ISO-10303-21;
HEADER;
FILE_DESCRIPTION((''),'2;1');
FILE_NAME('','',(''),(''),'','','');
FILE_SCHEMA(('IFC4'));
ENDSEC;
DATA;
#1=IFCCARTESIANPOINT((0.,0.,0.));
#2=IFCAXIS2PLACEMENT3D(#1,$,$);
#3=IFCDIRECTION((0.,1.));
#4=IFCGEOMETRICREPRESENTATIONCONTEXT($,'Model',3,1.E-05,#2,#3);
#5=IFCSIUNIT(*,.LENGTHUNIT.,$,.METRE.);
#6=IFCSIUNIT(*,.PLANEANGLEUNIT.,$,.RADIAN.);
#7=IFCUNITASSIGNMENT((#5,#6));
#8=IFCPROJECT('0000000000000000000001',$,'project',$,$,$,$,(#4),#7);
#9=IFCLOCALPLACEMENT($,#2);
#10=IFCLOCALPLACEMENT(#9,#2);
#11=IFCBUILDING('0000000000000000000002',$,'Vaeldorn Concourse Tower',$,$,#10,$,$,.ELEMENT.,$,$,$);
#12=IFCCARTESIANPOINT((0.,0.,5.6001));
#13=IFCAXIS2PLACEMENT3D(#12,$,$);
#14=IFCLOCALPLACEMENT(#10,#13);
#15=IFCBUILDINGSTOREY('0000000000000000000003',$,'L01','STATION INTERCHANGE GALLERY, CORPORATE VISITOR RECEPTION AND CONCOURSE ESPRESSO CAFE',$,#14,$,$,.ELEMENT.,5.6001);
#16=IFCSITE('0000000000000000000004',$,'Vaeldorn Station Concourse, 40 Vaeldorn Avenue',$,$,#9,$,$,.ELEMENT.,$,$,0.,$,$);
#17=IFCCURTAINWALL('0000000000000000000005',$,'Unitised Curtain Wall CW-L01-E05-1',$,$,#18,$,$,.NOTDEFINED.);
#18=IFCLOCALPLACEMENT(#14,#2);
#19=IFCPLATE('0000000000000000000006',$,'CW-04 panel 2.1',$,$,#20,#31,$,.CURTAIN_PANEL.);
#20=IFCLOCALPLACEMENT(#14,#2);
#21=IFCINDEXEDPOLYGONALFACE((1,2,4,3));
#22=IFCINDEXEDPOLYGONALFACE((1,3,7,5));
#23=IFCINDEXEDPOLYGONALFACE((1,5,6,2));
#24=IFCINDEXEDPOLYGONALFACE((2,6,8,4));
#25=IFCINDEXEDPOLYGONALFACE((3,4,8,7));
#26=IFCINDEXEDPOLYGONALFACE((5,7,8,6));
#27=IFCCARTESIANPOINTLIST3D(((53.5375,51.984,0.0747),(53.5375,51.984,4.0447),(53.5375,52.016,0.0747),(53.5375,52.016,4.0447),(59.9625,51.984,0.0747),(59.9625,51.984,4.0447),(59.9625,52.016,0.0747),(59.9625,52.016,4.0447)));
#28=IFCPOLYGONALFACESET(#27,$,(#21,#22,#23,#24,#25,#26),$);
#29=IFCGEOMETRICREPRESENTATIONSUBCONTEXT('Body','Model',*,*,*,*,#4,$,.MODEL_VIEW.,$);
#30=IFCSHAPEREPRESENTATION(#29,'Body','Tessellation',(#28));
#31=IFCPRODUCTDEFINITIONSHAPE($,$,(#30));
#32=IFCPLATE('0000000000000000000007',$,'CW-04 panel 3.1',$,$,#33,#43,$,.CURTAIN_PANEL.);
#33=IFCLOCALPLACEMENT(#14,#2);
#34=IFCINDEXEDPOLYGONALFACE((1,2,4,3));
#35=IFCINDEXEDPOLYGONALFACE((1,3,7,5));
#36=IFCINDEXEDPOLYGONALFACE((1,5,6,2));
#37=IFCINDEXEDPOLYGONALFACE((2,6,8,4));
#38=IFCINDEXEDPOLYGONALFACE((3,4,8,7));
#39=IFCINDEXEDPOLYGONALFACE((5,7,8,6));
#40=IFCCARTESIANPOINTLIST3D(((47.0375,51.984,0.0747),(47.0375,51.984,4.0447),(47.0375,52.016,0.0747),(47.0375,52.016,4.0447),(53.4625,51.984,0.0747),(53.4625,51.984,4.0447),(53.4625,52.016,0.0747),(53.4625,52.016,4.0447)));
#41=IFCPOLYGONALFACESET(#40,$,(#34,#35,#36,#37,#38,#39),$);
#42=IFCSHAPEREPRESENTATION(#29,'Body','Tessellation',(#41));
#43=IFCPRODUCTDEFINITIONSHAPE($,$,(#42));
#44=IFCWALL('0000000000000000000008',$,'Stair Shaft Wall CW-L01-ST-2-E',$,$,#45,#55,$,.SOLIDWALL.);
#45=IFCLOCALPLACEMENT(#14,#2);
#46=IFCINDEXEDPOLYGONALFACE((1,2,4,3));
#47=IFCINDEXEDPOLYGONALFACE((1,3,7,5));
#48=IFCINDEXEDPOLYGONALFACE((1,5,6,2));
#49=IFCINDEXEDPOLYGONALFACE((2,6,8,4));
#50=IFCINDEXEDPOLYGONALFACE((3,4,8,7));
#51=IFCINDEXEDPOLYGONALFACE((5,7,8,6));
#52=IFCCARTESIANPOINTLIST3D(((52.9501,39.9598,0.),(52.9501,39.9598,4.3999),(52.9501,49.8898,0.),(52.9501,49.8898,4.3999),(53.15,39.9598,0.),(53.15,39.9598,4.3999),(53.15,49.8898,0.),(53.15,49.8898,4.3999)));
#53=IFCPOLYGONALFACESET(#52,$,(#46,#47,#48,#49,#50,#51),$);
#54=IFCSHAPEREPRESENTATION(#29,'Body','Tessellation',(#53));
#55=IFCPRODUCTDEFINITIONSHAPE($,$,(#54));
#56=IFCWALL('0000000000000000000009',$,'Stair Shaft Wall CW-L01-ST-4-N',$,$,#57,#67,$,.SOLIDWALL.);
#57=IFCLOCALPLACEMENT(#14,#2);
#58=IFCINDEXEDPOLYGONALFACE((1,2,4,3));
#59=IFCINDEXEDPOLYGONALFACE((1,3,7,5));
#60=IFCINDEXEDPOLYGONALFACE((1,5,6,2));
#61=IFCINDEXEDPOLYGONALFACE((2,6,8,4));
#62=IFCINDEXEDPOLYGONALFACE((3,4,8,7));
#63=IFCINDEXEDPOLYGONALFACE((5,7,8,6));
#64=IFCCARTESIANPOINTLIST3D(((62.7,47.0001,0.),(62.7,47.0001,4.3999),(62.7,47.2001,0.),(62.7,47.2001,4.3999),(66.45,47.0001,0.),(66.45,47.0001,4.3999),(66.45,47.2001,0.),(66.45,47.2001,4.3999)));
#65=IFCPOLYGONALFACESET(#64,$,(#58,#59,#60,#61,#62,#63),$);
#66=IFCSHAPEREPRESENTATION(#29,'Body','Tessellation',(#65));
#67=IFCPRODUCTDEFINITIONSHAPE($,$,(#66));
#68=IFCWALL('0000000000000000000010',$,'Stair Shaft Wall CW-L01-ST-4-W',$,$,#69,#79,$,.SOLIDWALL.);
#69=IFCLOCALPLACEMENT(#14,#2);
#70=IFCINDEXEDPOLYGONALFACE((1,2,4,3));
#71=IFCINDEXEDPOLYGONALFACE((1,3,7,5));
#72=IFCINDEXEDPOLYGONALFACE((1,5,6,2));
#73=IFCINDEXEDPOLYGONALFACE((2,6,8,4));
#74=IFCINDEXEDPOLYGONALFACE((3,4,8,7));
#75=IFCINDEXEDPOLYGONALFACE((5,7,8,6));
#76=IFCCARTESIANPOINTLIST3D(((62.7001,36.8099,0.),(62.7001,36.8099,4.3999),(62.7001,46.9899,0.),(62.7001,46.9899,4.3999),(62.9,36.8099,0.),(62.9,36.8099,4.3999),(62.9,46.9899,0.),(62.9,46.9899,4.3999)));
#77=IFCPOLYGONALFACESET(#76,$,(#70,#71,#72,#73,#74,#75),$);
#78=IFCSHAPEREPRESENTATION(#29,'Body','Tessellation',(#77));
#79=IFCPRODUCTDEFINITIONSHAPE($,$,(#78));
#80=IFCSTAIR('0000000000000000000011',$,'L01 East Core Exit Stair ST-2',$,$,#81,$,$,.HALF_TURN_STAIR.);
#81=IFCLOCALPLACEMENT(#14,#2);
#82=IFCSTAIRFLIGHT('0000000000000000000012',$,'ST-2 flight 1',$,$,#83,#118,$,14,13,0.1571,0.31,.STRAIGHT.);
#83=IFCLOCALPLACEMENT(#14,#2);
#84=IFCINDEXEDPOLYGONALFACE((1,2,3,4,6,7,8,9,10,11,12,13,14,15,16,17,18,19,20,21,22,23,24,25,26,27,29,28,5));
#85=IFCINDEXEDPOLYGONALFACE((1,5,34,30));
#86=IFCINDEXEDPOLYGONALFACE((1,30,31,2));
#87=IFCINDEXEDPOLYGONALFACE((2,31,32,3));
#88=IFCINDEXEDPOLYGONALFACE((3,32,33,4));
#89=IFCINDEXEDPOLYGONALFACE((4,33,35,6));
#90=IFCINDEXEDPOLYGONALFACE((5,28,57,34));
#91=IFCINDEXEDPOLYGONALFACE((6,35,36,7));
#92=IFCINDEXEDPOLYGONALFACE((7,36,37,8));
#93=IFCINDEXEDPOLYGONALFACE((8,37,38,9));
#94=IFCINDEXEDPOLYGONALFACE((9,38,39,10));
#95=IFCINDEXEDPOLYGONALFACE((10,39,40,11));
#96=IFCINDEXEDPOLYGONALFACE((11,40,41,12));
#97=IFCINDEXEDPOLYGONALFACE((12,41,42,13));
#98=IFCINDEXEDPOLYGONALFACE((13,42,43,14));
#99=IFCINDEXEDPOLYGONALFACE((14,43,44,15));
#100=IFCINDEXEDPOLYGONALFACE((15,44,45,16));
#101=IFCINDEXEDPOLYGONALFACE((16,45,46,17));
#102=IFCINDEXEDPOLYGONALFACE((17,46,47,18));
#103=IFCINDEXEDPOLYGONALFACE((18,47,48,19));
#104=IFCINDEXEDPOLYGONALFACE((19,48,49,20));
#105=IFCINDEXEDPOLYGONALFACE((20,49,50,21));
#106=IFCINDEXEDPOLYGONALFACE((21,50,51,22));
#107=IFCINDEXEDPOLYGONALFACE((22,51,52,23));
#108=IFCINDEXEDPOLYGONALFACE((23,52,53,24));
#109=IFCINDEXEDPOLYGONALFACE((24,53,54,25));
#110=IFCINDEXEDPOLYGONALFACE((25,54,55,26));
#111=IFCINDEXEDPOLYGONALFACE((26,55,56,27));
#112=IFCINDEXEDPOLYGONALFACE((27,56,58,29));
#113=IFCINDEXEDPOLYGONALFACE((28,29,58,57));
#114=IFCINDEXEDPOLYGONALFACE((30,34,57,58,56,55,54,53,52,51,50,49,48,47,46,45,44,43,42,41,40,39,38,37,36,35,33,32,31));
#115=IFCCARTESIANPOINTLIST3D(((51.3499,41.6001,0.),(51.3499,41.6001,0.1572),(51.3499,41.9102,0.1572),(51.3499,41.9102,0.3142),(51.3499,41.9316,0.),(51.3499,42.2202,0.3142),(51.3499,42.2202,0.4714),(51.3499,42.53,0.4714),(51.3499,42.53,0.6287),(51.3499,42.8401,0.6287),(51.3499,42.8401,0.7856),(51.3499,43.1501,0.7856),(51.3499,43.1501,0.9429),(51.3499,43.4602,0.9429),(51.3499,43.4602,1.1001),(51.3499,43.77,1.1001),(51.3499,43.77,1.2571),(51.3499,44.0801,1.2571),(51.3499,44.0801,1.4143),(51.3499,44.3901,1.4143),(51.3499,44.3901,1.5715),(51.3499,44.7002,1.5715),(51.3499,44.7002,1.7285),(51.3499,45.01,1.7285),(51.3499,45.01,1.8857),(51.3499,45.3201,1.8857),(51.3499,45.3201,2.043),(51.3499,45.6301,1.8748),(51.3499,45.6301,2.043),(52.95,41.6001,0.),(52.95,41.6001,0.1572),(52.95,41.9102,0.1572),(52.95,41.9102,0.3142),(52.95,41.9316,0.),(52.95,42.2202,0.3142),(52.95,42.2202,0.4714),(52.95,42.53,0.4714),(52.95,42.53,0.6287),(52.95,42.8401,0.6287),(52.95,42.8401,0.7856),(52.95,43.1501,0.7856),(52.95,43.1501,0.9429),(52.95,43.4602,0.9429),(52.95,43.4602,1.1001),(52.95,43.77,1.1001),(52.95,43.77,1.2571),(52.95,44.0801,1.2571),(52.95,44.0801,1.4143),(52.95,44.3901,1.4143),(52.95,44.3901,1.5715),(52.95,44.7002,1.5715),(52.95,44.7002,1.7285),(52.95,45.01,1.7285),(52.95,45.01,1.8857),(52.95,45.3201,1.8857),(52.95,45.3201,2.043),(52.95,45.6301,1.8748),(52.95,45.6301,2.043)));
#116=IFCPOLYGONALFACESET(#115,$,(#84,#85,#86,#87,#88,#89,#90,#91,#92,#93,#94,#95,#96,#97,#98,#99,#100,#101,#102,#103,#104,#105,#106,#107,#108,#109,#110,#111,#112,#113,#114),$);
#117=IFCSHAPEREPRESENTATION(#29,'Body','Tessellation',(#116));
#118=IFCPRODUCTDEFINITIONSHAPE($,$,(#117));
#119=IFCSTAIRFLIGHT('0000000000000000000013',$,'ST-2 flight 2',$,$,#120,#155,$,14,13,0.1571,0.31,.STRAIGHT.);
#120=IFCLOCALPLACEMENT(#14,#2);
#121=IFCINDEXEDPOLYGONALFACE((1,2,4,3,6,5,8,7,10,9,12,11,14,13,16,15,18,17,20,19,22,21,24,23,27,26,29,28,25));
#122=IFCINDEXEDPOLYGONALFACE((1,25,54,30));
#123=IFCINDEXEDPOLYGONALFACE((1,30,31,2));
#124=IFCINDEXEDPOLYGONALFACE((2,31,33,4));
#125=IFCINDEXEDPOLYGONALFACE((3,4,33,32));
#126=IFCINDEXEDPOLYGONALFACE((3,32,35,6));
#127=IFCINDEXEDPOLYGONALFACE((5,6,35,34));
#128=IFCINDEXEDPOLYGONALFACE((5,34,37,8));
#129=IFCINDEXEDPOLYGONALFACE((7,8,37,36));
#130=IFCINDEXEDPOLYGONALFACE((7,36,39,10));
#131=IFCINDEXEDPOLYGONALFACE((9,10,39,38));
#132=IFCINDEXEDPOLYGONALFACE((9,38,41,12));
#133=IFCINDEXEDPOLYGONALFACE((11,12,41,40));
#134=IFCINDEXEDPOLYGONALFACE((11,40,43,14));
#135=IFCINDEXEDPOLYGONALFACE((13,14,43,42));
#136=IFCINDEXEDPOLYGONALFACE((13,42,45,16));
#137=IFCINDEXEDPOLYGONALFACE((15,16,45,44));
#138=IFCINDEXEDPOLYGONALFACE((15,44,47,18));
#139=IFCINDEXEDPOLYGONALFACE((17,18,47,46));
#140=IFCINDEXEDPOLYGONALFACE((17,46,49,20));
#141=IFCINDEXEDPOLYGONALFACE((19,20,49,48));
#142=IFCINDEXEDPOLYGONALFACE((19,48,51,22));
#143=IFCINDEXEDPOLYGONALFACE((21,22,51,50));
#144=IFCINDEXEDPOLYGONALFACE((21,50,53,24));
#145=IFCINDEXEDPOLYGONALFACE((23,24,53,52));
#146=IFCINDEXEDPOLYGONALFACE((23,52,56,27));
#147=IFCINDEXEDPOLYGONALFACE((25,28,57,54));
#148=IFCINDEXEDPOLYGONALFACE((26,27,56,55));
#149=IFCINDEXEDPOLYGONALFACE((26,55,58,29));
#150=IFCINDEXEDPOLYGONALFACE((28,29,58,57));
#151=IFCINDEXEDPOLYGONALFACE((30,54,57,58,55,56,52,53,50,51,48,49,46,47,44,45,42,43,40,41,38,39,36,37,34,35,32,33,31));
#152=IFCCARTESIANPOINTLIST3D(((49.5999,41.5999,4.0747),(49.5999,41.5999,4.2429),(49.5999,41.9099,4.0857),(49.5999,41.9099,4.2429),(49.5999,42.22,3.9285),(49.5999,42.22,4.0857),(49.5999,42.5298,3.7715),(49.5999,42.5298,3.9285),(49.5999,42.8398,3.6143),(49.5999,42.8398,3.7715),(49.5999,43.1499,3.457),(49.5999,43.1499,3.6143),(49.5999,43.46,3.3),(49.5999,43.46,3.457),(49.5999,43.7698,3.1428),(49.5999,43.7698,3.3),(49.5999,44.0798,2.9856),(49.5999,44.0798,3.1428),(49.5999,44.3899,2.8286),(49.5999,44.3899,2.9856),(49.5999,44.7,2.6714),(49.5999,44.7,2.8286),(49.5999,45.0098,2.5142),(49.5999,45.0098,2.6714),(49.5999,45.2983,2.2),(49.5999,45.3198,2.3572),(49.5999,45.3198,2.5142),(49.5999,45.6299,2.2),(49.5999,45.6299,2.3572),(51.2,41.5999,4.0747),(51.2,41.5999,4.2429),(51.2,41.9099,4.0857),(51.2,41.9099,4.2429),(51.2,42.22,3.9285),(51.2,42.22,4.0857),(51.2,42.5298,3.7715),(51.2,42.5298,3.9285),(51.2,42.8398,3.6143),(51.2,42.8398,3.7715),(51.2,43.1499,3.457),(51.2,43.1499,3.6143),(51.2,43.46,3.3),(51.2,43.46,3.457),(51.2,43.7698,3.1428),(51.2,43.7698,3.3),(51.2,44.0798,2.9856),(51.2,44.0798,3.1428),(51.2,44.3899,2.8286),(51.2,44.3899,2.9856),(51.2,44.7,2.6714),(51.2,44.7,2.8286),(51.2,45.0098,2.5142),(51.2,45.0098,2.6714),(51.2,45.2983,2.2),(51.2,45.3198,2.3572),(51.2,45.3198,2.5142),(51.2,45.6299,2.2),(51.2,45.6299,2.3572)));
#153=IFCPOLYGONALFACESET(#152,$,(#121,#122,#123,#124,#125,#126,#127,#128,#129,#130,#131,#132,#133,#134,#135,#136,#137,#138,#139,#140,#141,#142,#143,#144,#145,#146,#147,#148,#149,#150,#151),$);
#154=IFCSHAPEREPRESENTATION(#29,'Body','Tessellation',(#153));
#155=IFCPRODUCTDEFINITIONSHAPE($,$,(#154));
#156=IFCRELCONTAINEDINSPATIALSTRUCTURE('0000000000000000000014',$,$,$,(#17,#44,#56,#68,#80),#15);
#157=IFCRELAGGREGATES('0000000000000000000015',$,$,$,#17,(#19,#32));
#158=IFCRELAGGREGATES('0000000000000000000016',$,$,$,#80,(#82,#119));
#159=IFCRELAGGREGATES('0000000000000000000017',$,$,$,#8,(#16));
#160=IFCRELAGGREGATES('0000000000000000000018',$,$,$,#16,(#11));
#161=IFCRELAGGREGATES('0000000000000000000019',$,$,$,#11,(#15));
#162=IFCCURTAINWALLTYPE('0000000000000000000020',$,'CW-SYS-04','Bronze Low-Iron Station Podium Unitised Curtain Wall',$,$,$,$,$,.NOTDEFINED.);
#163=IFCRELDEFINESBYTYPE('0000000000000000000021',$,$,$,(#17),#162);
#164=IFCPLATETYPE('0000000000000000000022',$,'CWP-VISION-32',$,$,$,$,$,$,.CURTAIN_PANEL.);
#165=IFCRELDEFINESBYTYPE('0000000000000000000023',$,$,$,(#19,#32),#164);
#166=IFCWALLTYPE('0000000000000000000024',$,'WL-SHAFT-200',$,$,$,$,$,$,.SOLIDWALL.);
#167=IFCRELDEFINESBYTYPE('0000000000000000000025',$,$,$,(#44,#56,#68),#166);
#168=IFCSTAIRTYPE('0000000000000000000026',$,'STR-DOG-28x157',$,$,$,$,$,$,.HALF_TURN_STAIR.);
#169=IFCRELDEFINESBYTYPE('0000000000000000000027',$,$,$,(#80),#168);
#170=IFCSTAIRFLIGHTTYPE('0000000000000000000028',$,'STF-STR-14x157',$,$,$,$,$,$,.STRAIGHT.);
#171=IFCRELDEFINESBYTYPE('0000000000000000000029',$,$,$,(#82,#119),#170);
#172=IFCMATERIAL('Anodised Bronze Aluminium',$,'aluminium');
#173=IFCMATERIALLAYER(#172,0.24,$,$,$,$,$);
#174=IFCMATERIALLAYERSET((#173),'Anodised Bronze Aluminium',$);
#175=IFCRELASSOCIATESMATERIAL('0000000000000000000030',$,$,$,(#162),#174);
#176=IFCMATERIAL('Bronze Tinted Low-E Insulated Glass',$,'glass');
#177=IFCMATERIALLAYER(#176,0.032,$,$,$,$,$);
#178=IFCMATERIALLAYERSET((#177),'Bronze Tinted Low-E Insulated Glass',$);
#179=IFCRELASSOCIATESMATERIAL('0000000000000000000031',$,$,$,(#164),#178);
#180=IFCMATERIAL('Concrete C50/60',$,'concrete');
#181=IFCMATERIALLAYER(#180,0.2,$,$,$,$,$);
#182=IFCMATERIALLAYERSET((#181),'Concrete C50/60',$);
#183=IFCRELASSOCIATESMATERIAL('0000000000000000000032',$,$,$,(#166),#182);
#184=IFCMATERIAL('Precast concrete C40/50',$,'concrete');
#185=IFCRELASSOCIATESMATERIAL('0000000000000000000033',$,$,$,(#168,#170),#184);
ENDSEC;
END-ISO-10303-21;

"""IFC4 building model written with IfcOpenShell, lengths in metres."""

from ifc_helpers import new_model, si_unit, direction, frame, frame_2d, origin, origin_2d, place, context, subcontext, project, spatial, polyline, rectangle, outline, extrude, source, transform, mapped, material, layer, layer_set, type_object, element, aggregate, save


model = new_model("IFC4")

# Units and contexts
model_context = context("Model", 3, precision=1e-05, world=origin(), true_north=direction((0.0, 1.0)))
body_context = subcontext(model_context, "Body", "Model", "MODEL_VIEW")
ifc_project = project(units=[si_unit("LENGTHUNIT", "METRE"), si_unit("PLANEANGLEUNIT", "RADIAN")], contexts=[model_context])

# Site, building, storey
site_placement = place(None, origin())
site = spatial("IfcSite", under=ifc_project, at=site_placement, Name="Vaeldorn Station Concourse, 40 Vaeldorn Avenue", CompositionType="ELEMENT", RefElevation=0.0)
building_placement = place(site_placement, origin())
building = spatial("IfcBuilding", under=site, at=building_placement, Name="Vaeldorn Concourse Tower", CompositionType="ELEMENT")
storey_placement = place(building_placement, frame((0.0, 0.0, 5.6001)))
storey = spatial("IfcBuildingStorey", under=building, at=storey_placement, Name="L01", Description="STATION INTERCHANGE GALLERY, CORPORATE VISITOR RECEPTION AND CONCOURSE ESPRESSO CAFE", CompositionType="ELEMENT", Elevation=5.6001)

# Curtain wall, plates
ifc_material_1 = material(Name="Anodised Bronze Aluminium", Category="aluminium")
ifc_layer_1 = layer(ifc_material_1, 0.24)
ifc_layer_set_1 = layer_set([ifc_layer_1], Name="Anodised Bronze Aluminium")
curtain_wall_type = type_object("IfcCurtainWallType", Name="CW-SYS-04", Description="Bronze Low-Iron Station Podium Unitised Curtain Wall", PredefinedType="NOTDEFINED", material=ifc_layer_set_1)
curtain_wall_placement = place(storey_placement, origin())
curtain_wall = element("IfcCurtainWall", 1, at=curtain_wall_placement, inside=storey, type_object=curtain_wall_type, Name="Unitised Curtain Wall CW-L01-E05-1", PredefinedType="NOTDEFINED")
ifc_material_2 = material(Name="Bronze Tinted Low-E Insulated Glass", Category="glass")
ifc_layer_2 = layer(ifc_material_2, 0.032)
ifc_layer_set_2 = layer_set([ifc_layer_2], Name="Bronze Tinted Low-E Insulated Glass")
plate_type = type_object("IfcPlateType", Name="CWP-VISION-32", PredefinedType="CURTAIN_PANEL", material=ifc_layer_set_2)
shared_shape_1 = source(origin(), body_context, "Body", "SweptSolid", [
    extrude(rectangle(XDim=6.425, YDim=0.032, at=origin_2d()), origin(), (0.0, 0.0, 1.0), 3.97),
])
plate_1_placement = place(storey_placement, frame((56.75, 52.0, 0.0747), z_axis=(0.0, 0.0, 1.0), x_axis=(-1.0, 0.0, 0.0)))
plate_1 = element("IfcPlate", 2, at=plate_1_placement, type_object=plate_type, Name="CW-04 panel 2.1", PredefinedType="CURTAIN_PANEL", context=body_context, shape_type="MappedRepresentation", body=[
    mapped(shared_shape_1, transform((0.0, 0.0, 0.0), scale=1.0)),
])
plate_2_placement = place(storey_placement, frame((50.25, 52.0, 0.0747), z_axis=(0.0, 0.0, 1.0), x_axis=(-1.0, 0.0, 0.0)))
plate_2 = element("IfcPlate", 3, at=plate_2_placement, type_object=plate_type, Name="CW-04 panel 3.1", PredefinedType="CURTAIN_PANEL", context=body_context, shape_type="MappedRepresentation", body=[
    mapped(shared_shape_1, transform((0.0, 0.0, 0.0), scale=1.0)),
])
aggregate(curtain_wall, [plate_1, plate_2])

# Wall
ifc_material_3 = material(Name="Concrete C50/60", Category="concrete")
ifc_layer_3 = layer(ifc_material_3, 0.2)
ifc_layer_set_3 = layer_set([ifc_layer_3], Name="Concrete C50/60")
wall_type = type_object("IfcWallType", Name="WL-SHAFT-200", PredefinedType="SOLIDWALL", material=ifc_layer_set_3)
wall_1_placement = place(storey_placement, frame((53.05, 39.96, 0.0), z_axis=(0.0, 0.0, 1.0), x_axis=(0.0, 1.0, 0.0)))
element("IfcWall", 4, at=wall_1_placement, inside=storey, type_object=wall_type, Name="Stair Shaft Wall CW-L01-ST-2-E", PredefinedType="SOLIDWALL", context=body_context, shape_type="SweptSolid", body=[
    extrude(rectangle(XDim=9.9299, YDim=0.2, at=frame_2d((4.9648, 0.0))), origin(), (0.0, 0.0, 1.0), 4.3999),
])

# Walls
wall_2_placement = place(storey_placement, frame((62.7, 47.1001, 0.0), z_axis=(0.0, 0.0, 1.0), x_axis=(1.0, 0.0, 0.0)))
element("IfcWall", 5, at=wall_2_placement, inside=storey, type_object=wall_type, Name="Stair Shaft Wall CW-L01-ST-4-N", PredefinedType="SOLIDWALL", context=body_context, shape_type="SweptSolid", body=[
    extrude(rectangle(XDim=3.75, YDim=0.2, at=frame_2d((1.875, 0.0))), origin(), (0.0, 0.0, 1.0), 4.3999),
])
wall_3_placement = place(storey_placement, frame((62.8, 36.8101, 0.0), z_axis=(0.0, 0.0, 1.0), x_axis=(0.0, 1.0, 0.0)))
element("IfcWall", 6, at=wall_3_placement, inside=storey, type_object=wall_type, Name="Stair Shaft Wall CW-L01-ST-4-W", PredefinedType="SOLIDWALL", context=body_context, shape_type="SweptSolid", body=[
    extrude(rectangle(XDim=10.1799, YDim=0.2, at=frame_2d((5.0898, 0.0))), origin(), (0.0, 0.0, 1.0), 4.3999),
])

# Stair, stair flights
ifc_material_4 = material(Name="Precast concrete C40/50", Category="concrete")
stair_type = type_object("IfcStairType", Name="STR-DOG-28x157", PredefinedType="HALF_TURN_STAIR", material=ifc_material_4)
stair_placement = place(storey_placement, origin())
stair = element("IfcStair", 7, at=stair_placement, inside=storey, type_object=stair_type, Name="L01 East Core Exit Stair ST-2", PredefinedType="HALF_TURN_STAIR")
stair_flight_type = type_object("IfcStairFlightType", Name="STF-STR-14x157", PredefinedType="STRAIGHT", material=ifc_material_4)
stair_flight_1_placement = place(storey_placement, frame((52.1499, 41.6001, 0.0), z_axis=(0.0, 0.0, 1.0), x_axis=(0.0, 1.0, 0.0)))
stair_flight_1 = element("IfcStairFlight", 8, at=stair_flight_1_placement, type_object=stair_flight_type, Name="ST-2 flight 1", NumberOfRisers=14, NumberOfTreads=13, PredefinedType="STRAIGHT", RiserHeight=0.1571, TreadLength=0.31, context=body_context, shape_type="SweptSolid", body=[
    extrude(outline(polyline([(0.0, 0.0), (0.0, 0.1572), (0.3101, 0.1572), (0.3101, 0.3142), (0.6201, 0.3142), (0.6201, 0.4714), (0.9299, 0.4714), (0.9299, 0.6287), (1.24, 0.6287), (1.24, 0.7856), (1.55, 0.7856), (1.55, 0.9429), (1.8601, 0.9429), (1.8601, 1.1001), (2.1699, 1.1001), (2.1699, 1.2571), (2.48, 1.2571), (2.48, 1.4143), (2.79, 1.4143), (2.79, 1.5715), (3.1001, 1.5715), (3.1001, 1.7285), (3.4099, 1.7285), (3.4099, 1.8857), (3.72, 1.8857), (3.72, 2.043), (4.03, 2.043), (4.03, 2.2), (4.03, 1.8748), (0.3315, 0.0), (0.0, 0.0)])), frame((0.0, 0.8, 0.0), z_axis=(0.0, -1.0, 0.0), x_axis=(1.0, 0.0, 0.0)), (0.0, 0.0, 1.0), 1.6001),
])
stair_flight_2_placement = place(storey_placement, frame((50.3999, 45.6299, 2.2), z_axis=(0.0, 0.0, 1.0), x_axis=(0.0, -1.0, 0.0)))
stair_flight_2 = element("IfcStairFlight", 9, at=stair_flight_2_placement, type_object=stair_flight_type, Name="ST-2 flight 2", NumberOfRisers=14, NumberOfTreads=13, PredefinedType="STRAIGHT", RiserHeight=0.1571, TreadLength=0.31, context=body_context, shape_type="SweptSolid", body=[
    extrude(outline(polyline([(0.0, 0.0), (0.0, 0.1572), (0.3101, 0.1572), (0.3101, 0.3142), (0.6201, 0.3142), (0.6201, 0.4714), (0.9299, 0.4714), (0.9299, 0.6287), (1.24, 0.6287), (1.24, 0.7856), (1.55, 0.7856), (1.55, 0.9429), (1.8601, 0.9429), (1.8601, 1.1001), (2.1699, 1.1001), (2.1699, 1.2571), (2.48, 1.2571), (2.48, 1.4143), (2.79, 1.4143), (2.79, 1.5715), (3.1001, 1.5715), (3.1001, 1.7285), (3.4099, 1.7285), (3.4099, 1.8857), (3.72, 1.8857), (3.72, 2.043), (4.03, 2.043), (4.03, 2.2), (4.03, 1.8748), (0.3315, 0.0), (0.0, 0.0)])), frame((0.0, 0.8, 0.0), z_axis=(0.0, -1.0, 0.0), x_axis=(1.0, 0.0, 0.0)), (0.0, 0.0, 1.0), 1.6001),
])
aggregate(stair, [stair_flight_1, stair_flight_2])

save(model, "model.ifc")
